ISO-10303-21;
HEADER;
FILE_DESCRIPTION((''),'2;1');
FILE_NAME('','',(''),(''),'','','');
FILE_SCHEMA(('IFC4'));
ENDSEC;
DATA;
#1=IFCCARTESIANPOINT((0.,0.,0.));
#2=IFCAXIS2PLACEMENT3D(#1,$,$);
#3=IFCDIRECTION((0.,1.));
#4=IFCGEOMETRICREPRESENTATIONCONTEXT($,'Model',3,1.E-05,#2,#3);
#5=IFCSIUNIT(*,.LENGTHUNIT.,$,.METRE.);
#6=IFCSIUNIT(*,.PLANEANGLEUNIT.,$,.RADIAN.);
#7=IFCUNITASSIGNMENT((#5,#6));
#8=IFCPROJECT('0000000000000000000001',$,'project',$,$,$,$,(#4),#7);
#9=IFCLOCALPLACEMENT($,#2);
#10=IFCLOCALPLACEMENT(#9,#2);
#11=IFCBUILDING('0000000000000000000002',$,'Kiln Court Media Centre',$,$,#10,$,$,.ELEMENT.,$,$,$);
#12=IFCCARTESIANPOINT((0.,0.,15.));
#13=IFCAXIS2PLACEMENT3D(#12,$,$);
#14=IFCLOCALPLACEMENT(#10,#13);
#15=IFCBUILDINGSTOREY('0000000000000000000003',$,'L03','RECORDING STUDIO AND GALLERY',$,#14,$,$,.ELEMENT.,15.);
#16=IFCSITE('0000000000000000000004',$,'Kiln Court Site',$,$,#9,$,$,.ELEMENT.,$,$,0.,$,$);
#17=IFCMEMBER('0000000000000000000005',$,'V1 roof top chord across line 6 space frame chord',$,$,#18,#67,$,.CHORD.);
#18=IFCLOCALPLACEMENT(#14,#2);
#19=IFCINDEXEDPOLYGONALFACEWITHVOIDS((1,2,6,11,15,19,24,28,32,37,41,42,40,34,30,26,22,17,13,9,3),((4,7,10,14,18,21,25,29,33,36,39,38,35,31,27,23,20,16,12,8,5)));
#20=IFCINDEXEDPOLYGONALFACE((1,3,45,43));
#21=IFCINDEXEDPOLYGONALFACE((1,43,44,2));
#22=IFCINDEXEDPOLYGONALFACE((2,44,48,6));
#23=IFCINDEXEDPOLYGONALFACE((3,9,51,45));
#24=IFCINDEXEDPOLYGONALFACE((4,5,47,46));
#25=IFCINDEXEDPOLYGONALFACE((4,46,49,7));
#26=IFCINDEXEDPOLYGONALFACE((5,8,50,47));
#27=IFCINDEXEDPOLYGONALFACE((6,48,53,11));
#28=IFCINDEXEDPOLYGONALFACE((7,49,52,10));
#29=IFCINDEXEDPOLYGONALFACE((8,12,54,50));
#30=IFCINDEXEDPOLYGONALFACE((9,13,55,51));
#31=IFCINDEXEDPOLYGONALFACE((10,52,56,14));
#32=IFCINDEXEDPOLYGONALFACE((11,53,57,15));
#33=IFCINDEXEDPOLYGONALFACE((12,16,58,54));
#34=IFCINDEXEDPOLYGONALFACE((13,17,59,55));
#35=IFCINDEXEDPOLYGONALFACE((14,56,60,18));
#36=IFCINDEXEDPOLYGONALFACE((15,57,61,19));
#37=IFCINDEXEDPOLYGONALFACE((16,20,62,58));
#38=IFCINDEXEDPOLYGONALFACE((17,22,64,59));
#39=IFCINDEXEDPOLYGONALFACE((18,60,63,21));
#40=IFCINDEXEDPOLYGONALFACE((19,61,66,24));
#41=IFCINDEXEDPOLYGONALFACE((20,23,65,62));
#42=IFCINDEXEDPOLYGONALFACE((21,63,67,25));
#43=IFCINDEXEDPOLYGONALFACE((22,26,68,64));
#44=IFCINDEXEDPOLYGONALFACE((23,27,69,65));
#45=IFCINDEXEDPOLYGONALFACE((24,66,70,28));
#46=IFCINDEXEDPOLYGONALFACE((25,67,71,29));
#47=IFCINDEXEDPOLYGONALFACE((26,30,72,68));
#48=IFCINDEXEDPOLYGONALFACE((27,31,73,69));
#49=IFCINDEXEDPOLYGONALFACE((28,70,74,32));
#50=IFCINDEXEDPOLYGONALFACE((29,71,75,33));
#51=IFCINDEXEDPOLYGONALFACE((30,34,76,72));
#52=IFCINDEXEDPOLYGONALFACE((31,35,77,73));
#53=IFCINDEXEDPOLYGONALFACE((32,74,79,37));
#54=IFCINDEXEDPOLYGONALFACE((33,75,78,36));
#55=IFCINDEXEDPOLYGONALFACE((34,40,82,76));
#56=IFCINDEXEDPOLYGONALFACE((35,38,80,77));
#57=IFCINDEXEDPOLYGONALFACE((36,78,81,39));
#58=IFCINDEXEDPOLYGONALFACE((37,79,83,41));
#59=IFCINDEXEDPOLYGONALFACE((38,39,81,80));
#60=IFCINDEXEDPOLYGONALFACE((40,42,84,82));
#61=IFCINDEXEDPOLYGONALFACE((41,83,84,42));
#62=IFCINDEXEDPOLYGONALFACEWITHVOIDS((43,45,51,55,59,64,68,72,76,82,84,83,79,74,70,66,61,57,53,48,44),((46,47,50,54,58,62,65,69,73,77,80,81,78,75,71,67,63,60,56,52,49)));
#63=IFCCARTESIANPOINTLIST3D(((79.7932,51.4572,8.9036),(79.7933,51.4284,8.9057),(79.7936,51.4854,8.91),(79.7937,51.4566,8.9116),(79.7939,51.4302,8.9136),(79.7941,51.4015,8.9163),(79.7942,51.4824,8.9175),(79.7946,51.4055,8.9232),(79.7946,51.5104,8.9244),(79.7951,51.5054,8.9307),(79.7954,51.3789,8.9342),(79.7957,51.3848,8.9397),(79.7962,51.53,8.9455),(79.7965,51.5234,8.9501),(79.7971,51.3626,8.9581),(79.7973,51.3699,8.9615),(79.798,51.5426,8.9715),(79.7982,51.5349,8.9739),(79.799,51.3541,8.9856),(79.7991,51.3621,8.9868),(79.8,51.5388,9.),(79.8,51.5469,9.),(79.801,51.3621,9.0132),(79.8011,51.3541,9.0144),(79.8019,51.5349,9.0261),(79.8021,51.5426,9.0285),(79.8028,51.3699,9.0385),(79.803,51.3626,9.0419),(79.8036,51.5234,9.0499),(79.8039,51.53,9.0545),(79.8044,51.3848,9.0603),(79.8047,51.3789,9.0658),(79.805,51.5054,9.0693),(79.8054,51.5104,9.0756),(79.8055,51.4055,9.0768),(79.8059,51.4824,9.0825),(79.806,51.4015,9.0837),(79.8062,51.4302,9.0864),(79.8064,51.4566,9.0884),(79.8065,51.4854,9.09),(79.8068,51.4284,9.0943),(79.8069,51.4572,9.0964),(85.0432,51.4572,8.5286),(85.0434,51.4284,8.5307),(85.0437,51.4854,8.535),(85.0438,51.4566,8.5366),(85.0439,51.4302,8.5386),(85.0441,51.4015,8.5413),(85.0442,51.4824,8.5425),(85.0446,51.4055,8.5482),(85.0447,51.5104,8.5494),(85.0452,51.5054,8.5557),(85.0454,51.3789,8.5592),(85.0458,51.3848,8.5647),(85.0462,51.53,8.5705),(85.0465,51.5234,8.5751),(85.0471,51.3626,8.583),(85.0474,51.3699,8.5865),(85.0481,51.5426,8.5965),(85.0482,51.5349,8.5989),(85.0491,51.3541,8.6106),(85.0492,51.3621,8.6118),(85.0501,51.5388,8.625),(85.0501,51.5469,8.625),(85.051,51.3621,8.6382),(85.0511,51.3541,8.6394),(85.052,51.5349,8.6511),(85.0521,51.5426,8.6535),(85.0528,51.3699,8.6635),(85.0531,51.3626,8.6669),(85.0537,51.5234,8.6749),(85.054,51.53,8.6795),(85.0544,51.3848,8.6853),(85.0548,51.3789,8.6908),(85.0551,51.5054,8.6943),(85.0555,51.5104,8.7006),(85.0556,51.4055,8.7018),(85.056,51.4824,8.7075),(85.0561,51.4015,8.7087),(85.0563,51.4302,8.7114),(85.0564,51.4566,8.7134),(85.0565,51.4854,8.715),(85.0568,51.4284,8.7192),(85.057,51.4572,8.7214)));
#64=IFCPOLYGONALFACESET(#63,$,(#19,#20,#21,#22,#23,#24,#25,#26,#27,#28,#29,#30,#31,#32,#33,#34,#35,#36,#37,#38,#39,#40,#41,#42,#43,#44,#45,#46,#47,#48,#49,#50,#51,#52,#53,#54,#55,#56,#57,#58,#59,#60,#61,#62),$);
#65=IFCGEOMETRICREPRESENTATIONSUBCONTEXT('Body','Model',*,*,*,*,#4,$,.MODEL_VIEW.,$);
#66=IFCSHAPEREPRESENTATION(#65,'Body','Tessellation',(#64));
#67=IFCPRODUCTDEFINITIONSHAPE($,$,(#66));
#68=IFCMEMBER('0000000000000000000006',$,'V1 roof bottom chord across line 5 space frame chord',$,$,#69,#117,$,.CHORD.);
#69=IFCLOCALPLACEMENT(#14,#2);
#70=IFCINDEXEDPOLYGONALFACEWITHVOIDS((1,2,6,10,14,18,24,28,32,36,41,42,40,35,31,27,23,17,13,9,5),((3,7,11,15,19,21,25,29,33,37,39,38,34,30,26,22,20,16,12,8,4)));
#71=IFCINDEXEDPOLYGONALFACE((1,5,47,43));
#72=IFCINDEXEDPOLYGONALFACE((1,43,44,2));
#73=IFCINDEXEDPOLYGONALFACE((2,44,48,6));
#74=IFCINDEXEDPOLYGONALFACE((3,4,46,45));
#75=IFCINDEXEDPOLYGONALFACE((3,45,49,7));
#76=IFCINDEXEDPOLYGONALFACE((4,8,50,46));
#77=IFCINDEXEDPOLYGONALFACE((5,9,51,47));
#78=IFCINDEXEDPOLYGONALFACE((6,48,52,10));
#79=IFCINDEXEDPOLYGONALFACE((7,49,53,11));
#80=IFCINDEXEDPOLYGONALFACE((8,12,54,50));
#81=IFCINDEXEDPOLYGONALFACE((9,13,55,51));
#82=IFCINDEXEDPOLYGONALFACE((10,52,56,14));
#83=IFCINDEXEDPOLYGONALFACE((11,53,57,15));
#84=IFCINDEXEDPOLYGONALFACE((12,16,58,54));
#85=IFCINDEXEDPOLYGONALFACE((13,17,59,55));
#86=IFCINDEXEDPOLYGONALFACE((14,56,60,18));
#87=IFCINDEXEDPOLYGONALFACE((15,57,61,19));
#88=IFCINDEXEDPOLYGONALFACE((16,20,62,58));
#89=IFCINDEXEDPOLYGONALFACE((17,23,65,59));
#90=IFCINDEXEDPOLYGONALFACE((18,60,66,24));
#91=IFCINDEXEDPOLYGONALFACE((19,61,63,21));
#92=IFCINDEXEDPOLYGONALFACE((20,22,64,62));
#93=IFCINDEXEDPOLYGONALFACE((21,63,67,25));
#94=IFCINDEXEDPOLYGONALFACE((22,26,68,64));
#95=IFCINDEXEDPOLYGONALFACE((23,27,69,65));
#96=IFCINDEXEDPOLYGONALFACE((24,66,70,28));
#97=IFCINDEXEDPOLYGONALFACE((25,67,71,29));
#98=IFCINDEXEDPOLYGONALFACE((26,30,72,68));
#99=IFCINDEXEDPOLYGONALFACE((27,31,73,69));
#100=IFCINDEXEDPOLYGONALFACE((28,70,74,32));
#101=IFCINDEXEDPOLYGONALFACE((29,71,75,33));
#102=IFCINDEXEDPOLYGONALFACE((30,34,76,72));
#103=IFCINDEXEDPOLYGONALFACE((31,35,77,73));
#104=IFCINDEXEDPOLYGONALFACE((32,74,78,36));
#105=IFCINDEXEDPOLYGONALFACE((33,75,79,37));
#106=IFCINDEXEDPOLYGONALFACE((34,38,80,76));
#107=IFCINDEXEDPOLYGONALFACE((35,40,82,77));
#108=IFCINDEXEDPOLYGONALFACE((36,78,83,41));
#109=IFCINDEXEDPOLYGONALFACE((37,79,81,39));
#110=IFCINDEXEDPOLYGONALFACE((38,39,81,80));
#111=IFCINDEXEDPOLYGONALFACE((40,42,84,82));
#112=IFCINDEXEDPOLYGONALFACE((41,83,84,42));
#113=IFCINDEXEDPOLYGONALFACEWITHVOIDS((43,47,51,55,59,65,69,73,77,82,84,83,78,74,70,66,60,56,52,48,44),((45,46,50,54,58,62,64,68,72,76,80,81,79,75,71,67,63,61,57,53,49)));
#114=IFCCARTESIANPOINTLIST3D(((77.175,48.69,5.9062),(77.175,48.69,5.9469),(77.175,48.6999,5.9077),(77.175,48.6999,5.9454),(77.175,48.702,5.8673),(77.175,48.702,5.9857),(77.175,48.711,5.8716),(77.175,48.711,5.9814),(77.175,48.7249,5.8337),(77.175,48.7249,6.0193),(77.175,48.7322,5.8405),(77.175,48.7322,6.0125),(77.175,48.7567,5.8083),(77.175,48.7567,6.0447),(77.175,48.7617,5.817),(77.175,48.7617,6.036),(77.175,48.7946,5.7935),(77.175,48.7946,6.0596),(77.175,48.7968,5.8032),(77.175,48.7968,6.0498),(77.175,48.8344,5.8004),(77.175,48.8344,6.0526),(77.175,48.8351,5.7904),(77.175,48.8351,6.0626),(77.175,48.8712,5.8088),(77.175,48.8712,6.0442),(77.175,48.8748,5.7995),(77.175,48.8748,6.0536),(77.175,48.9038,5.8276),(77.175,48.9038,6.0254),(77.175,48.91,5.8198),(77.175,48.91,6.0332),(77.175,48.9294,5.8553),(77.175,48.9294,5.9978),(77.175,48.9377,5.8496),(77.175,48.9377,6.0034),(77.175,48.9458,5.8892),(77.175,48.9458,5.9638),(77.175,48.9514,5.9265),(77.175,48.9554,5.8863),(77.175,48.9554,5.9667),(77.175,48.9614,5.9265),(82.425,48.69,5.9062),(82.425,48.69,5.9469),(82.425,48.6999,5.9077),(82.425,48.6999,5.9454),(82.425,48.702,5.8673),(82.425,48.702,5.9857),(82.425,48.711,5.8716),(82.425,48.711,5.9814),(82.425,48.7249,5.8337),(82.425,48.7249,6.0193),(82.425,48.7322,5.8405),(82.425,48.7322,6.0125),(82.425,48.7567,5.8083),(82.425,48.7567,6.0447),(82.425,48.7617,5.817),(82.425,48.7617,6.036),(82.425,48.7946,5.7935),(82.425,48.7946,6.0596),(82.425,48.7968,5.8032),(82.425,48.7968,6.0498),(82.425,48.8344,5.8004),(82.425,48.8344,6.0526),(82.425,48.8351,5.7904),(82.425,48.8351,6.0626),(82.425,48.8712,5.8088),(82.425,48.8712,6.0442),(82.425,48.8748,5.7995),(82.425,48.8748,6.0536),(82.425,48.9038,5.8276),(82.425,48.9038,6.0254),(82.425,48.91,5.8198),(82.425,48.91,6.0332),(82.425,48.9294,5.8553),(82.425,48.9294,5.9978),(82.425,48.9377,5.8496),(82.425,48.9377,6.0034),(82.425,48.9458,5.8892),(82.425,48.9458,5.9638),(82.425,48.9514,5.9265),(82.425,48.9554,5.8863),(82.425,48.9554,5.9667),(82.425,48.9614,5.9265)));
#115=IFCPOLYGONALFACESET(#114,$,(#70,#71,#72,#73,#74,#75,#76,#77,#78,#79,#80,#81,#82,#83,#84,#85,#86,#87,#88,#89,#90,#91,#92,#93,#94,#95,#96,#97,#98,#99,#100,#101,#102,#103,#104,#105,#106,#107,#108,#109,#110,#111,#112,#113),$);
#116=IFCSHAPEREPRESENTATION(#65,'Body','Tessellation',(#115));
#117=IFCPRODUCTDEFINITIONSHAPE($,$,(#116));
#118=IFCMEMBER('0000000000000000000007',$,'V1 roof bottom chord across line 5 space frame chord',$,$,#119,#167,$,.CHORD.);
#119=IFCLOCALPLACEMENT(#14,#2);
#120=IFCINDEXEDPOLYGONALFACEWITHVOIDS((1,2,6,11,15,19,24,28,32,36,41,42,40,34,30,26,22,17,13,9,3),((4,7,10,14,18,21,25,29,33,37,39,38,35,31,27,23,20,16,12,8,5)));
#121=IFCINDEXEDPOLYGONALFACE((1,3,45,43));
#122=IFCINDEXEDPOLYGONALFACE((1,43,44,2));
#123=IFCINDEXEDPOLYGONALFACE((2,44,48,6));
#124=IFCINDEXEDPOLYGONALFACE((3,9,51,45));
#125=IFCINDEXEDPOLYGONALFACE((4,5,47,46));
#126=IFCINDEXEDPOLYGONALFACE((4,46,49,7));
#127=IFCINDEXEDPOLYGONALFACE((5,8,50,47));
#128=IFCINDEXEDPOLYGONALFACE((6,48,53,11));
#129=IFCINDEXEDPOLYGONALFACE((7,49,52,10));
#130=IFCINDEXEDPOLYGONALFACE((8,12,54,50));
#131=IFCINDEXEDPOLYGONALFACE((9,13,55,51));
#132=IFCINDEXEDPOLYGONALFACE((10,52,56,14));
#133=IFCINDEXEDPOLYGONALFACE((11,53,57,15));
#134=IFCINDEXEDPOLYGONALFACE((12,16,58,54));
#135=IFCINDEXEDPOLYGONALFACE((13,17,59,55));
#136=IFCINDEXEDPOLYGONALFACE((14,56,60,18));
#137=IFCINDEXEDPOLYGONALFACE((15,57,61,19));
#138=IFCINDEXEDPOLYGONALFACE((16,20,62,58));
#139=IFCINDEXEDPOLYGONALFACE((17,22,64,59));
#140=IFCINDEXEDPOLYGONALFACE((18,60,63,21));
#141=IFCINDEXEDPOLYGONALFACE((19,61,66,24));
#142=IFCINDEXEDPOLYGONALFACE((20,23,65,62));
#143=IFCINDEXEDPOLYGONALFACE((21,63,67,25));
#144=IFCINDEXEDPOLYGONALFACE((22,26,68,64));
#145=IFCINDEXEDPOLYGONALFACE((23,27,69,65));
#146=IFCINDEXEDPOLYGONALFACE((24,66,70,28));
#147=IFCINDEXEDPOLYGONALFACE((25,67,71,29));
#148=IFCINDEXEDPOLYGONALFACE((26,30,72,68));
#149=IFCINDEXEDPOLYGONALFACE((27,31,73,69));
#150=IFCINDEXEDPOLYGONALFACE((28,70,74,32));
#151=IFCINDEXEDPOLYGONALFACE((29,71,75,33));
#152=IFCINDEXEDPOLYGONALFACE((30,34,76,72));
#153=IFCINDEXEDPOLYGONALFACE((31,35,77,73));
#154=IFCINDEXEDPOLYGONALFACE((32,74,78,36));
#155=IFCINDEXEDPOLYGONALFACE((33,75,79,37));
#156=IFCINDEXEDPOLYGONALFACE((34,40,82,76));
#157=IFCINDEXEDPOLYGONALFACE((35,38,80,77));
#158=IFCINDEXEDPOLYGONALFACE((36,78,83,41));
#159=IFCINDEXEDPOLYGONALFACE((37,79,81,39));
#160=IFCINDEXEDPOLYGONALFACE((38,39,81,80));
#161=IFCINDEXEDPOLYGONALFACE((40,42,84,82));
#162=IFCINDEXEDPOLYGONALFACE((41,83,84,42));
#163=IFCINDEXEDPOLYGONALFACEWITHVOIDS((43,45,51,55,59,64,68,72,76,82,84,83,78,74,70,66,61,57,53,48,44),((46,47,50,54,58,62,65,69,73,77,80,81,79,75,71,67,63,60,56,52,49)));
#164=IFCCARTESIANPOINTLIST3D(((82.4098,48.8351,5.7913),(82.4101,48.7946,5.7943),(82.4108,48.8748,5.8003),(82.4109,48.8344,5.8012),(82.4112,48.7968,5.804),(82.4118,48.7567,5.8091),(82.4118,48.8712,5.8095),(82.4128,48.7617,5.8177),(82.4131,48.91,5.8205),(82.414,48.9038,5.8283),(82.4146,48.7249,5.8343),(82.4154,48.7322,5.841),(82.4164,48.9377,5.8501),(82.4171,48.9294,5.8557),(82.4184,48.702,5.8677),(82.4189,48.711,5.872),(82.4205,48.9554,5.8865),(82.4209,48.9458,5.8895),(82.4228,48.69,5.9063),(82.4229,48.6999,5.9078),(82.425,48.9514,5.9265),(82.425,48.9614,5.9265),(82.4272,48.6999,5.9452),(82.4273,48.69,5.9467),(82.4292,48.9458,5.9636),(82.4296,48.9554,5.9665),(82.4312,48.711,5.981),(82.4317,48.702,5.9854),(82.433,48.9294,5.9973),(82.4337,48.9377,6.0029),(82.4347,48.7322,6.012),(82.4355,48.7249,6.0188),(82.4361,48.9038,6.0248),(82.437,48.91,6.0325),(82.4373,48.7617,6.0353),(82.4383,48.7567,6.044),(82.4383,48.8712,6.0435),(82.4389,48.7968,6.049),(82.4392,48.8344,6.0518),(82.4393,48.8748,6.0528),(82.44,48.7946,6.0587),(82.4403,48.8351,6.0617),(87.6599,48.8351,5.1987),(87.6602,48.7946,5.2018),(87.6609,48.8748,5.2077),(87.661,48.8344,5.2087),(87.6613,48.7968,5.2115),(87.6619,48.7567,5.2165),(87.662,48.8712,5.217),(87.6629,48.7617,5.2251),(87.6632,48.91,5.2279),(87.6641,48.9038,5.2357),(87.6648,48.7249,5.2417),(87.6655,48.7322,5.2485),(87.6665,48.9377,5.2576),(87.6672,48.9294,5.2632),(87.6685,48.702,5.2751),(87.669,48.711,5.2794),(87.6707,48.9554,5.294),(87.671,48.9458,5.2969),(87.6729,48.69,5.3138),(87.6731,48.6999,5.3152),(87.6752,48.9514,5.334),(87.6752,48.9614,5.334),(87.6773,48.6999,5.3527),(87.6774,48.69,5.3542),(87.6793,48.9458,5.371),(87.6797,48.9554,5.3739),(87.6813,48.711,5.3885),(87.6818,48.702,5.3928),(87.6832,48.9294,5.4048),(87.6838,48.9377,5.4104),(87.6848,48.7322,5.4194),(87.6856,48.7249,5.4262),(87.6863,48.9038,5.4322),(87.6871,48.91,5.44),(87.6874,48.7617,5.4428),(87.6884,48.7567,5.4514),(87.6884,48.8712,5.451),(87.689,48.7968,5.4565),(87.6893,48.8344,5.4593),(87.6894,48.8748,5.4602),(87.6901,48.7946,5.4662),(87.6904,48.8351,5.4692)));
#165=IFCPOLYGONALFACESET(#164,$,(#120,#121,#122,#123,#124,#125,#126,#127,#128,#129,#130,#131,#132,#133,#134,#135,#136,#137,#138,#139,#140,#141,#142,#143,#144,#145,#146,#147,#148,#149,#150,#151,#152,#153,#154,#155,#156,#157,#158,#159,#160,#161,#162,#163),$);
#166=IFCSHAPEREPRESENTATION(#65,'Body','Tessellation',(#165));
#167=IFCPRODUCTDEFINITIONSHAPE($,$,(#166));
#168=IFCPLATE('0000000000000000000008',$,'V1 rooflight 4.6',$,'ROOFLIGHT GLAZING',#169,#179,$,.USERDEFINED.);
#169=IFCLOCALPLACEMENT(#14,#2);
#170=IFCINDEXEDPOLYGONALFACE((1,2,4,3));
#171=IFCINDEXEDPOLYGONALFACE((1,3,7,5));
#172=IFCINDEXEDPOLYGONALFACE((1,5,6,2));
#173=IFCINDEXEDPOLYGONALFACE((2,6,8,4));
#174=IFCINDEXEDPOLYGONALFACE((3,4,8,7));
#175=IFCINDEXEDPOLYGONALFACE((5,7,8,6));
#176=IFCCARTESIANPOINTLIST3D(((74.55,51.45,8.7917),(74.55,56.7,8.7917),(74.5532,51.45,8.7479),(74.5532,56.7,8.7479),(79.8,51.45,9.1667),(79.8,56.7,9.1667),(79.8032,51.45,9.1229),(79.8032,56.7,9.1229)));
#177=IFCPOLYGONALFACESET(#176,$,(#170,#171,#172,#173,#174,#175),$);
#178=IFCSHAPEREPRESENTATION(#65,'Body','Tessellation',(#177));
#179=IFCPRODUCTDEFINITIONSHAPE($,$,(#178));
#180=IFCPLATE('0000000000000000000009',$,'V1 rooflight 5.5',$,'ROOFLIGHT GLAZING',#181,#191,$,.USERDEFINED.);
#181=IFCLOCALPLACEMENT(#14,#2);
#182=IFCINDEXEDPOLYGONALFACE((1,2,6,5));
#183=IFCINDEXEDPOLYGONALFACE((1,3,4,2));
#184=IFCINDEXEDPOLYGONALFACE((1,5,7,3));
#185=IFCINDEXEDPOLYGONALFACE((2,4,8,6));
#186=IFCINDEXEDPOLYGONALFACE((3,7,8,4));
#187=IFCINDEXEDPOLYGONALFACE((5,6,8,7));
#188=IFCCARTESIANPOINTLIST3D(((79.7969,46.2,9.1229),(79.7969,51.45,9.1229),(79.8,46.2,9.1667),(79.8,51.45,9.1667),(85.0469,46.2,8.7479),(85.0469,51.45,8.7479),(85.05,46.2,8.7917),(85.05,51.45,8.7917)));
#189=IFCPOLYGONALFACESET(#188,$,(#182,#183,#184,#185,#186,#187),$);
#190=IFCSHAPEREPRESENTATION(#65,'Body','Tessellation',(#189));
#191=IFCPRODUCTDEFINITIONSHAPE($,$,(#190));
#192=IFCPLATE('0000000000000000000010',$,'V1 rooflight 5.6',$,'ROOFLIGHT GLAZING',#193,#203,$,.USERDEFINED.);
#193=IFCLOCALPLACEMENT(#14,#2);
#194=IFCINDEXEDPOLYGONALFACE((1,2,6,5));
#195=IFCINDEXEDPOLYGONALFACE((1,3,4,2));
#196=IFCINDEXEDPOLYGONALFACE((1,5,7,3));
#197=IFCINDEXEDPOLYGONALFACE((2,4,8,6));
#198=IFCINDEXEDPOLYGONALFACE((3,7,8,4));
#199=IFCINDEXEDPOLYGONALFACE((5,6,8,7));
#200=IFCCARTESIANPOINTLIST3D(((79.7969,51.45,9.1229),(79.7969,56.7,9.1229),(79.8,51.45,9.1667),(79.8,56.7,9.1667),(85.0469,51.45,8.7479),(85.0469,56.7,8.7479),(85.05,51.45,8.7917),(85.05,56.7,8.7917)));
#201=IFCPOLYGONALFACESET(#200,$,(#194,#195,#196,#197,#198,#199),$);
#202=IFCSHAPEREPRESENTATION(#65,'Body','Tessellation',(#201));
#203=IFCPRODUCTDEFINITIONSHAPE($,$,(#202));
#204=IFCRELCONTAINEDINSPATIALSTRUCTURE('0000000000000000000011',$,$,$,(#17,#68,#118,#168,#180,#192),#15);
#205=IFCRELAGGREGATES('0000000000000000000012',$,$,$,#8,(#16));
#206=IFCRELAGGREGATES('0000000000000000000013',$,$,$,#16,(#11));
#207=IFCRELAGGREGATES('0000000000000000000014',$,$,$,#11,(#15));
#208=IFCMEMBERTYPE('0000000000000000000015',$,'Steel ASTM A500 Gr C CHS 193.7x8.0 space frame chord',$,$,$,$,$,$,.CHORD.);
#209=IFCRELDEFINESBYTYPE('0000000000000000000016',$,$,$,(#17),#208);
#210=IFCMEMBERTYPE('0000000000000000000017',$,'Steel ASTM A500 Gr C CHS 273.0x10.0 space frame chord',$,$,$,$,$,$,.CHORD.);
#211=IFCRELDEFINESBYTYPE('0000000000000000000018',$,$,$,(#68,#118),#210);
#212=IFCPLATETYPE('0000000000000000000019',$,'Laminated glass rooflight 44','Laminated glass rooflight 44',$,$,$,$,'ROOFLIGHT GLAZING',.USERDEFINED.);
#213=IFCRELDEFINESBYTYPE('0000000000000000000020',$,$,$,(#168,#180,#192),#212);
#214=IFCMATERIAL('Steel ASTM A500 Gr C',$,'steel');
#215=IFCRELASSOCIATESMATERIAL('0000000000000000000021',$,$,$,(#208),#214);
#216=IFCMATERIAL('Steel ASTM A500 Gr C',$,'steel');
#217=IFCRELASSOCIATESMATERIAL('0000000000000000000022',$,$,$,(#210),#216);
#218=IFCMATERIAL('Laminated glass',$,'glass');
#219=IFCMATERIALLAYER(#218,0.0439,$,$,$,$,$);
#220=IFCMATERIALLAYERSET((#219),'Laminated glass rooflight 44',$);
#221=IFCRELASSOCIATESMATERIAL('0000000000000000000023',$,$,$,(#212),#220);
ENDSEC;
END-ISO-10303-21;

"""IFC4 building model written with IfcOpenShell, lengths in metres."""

from ifc_helpers import new_model, si_unit, direction, frame, origin, origin_2d, place, context, subcontext, project, spatial, polyline, hollow_circle, outline, extrude, material, layer, layer_set, material_profile, profile_set, type_object, element, save


model = new_model("IFC4")

# Units and contexts
model_context = context("Model", 3, precision=1e-05, world=origin(), true_north=direction((0.0, 1.0)))
body_context = subcontext(model_context, "Body", "Model", "MODEL_VIEW")
ifc_project = project(units=[si_unit("LENGTHUNIT", "METRE"), si_unit("PLANEANGLEUNIT", "RADIAN")], contexts=[model_context])

# Site, building, storey
site_placement = place(None, origin())
site = spatial("IfcSite", under=ifc_project, at=site_placement, Name="Kiln Court Site", CompositionType="ELEMENT", RefElevation=0.0)
building_placement = place(site_placement, origin())
building = spatial("IfcBuilding", under=site, at=building_placement, Name="Kiln Court Media Centre", CompositionType="ELEMENT")
storey_placement = place(building_placement, frame((0.0, 0.0, 15.0)))
storey = spatial("IfcBuildingStorey", under=building, at=storey_placement, Name="L03", Description="RECORDING STUDIO AND GALLERY", CompositionType="ELEMENT", Elevation=15.0)

# Members
ifc_material_1 = material(Name="Steel ASTM A500 Gr C", Category="steel")
ifc_material_profile_1 = material_profile(ifc_material_1, hollow_circle(Radius=0.0969, WallThickness=0.0081, at=origin_2d()), Name="CHS 193.7x8.0")
ifc_profile_set_1 = profile_set([ifc_material_profile_1], Name="Steel ASTM A500 Gr C")
member_type_1 = type_object("IfcMemberType", Name="Steel ASTM A500 Gr C CHS 193.7x8.0 space frame chord", PredefinedType="CHORD", material=ifc_profile_set_1)
for number, where, z_axis, x_axis, name in (
    (1, (79.8, 51.45, 9.0), (0.997459, 0.0, -0.071247), (0.0, 1.0, 0.0), "V1 roof top chord across line 6 space frame chord"),
):
    element("IfcMember", number, at=place(storey_placement, frame(where, z_axis=z_axis, x_axis=x_axis)), inside=storey, type_object=member_type_1, Name=name, PredefinedType="CHORD", context=body_context, shape_type="SweptSolid", body=[
        extrude(hollow_circle(Radius=0.0969, WallThickness=0.0081, at=origin_2d()), origin(), (0.0, 0.0, 1.0), 5.2634),
    ])
ifc_material_2 = material(Name="Steel ASTM A500 Gr C", Category="steel")
ifc_material_profile_2 = material_profile(ifc_material_2, hollow_circle(Radius=0.1365, WallThickness=0.01, at=origin_2d()), Name="CHS 273.0x10.0")
ifc_profile_set_2 = profile_set([ifc_material_profile_2], Name="Steel ASTM A500 Gr C")
member_type_2 = type_object("IfcMemberType", Name="Steel ASTM A500 Gr C CHS 273.0x10.0 space frame chord", PredefinedType="CHORD", material=ifc_profile_set_2)
member_1_placement = place(storey_placement, frame((77.175, 48.825, 5.9265), z_axis=(1.0, 0.0, 0.0), x_axis=(0.0, 1.0, 0.0)))
element("IfcMember", 2, at=member_1_placement, inside=storey, type_object=member_type_2, Name="V1 roof bottom chord across line 5 space frame chord", PredefinedType="CHORD", context=body_context, shape_type="SweptSolid", body=[
    extrude(hollow_circle(Radius=0.1365, WallThickness=0.01, at=origin_2d()), origin(), (0.0, 0.0, 1.0), 5.25),
])
member_2_placement = place(storey_placement, frame((82.425, 48.825, 5.9265), z_axis=(0.993691, 0.0, -0.112151), x_axis=(0.0, 1.0, 0.0)))
element("IfcMember", 3, at=member_2_placement, inside=storey, type_object=member_type_2, Name="V1 roof bottom chord across line 5 space frame chord", PredefinedType="CHORD", context=body_context, shape_type="SweptSolid", body=[
    extrude(hollow_circle(Radius=0.1365, WallThickness=0.01, at=origin_2d()), origin(), (0.0, 0.0, 1.0), 5.2834),
])

# Plates
ifc_material_3 = material(Name="Laminated glass", Category="glass")
ifc_layer_1 = layer(ifc_material_3, 0.0439)
ifc_layer_set_1 = layer_set([ifc_layer_1], Name="Laminated glass rooflight 44")
plate_type_1 = type_object("IfcPlateType", Name="Laminated glass rooflight 44", Description="Laminated glass rooflight 44", ElementType="ROOFLIGHT GLAZING", PredefinedType="USERDEFINED", material=ifc_layer_set_1)
for number, where, z_axis, x_axis, name in (
    (4, (74.55, 51.45, 8.7917), (-0.071247, 0.0, 0.997459), (0.997459, 0.0, 0.071247), "V1 rooflight 4.6"),
    (5, (79.8, 46.2, 9.1667), (0.071247, 0.0, 0.997459), (0.997459, 0.0, -0.071247), "V1 rooflight 5.5"),
    (6, (79.8, 51.45, 9.1667), (0.071247, 0.0, 0.997459), (0.997459, 0.0, -0.071247), "V1 rooflight 5.6"),
):
    element("IfcPlate", number, at=place(storey_placement, frame(where, z_axis=z_axis, x_axis=x_axis)), inside=storey, type_object=plate_type_1, Name=name, ObjectType="ROOFLIGHT GLAZING", PredefinedType="USERDEFINED", context=body_context, shape_type="SweptSolid", body=[
        extrude(outline(polyline([(0.0, 0.0), (5.2634, 0.0), (5.2634, 5.25), (0.0, 5.25), (0.0, 0.0)])), origin(), (0.0, 0.0, -1.0), 0.0439),
    ])

save(model, "model.ifc")
